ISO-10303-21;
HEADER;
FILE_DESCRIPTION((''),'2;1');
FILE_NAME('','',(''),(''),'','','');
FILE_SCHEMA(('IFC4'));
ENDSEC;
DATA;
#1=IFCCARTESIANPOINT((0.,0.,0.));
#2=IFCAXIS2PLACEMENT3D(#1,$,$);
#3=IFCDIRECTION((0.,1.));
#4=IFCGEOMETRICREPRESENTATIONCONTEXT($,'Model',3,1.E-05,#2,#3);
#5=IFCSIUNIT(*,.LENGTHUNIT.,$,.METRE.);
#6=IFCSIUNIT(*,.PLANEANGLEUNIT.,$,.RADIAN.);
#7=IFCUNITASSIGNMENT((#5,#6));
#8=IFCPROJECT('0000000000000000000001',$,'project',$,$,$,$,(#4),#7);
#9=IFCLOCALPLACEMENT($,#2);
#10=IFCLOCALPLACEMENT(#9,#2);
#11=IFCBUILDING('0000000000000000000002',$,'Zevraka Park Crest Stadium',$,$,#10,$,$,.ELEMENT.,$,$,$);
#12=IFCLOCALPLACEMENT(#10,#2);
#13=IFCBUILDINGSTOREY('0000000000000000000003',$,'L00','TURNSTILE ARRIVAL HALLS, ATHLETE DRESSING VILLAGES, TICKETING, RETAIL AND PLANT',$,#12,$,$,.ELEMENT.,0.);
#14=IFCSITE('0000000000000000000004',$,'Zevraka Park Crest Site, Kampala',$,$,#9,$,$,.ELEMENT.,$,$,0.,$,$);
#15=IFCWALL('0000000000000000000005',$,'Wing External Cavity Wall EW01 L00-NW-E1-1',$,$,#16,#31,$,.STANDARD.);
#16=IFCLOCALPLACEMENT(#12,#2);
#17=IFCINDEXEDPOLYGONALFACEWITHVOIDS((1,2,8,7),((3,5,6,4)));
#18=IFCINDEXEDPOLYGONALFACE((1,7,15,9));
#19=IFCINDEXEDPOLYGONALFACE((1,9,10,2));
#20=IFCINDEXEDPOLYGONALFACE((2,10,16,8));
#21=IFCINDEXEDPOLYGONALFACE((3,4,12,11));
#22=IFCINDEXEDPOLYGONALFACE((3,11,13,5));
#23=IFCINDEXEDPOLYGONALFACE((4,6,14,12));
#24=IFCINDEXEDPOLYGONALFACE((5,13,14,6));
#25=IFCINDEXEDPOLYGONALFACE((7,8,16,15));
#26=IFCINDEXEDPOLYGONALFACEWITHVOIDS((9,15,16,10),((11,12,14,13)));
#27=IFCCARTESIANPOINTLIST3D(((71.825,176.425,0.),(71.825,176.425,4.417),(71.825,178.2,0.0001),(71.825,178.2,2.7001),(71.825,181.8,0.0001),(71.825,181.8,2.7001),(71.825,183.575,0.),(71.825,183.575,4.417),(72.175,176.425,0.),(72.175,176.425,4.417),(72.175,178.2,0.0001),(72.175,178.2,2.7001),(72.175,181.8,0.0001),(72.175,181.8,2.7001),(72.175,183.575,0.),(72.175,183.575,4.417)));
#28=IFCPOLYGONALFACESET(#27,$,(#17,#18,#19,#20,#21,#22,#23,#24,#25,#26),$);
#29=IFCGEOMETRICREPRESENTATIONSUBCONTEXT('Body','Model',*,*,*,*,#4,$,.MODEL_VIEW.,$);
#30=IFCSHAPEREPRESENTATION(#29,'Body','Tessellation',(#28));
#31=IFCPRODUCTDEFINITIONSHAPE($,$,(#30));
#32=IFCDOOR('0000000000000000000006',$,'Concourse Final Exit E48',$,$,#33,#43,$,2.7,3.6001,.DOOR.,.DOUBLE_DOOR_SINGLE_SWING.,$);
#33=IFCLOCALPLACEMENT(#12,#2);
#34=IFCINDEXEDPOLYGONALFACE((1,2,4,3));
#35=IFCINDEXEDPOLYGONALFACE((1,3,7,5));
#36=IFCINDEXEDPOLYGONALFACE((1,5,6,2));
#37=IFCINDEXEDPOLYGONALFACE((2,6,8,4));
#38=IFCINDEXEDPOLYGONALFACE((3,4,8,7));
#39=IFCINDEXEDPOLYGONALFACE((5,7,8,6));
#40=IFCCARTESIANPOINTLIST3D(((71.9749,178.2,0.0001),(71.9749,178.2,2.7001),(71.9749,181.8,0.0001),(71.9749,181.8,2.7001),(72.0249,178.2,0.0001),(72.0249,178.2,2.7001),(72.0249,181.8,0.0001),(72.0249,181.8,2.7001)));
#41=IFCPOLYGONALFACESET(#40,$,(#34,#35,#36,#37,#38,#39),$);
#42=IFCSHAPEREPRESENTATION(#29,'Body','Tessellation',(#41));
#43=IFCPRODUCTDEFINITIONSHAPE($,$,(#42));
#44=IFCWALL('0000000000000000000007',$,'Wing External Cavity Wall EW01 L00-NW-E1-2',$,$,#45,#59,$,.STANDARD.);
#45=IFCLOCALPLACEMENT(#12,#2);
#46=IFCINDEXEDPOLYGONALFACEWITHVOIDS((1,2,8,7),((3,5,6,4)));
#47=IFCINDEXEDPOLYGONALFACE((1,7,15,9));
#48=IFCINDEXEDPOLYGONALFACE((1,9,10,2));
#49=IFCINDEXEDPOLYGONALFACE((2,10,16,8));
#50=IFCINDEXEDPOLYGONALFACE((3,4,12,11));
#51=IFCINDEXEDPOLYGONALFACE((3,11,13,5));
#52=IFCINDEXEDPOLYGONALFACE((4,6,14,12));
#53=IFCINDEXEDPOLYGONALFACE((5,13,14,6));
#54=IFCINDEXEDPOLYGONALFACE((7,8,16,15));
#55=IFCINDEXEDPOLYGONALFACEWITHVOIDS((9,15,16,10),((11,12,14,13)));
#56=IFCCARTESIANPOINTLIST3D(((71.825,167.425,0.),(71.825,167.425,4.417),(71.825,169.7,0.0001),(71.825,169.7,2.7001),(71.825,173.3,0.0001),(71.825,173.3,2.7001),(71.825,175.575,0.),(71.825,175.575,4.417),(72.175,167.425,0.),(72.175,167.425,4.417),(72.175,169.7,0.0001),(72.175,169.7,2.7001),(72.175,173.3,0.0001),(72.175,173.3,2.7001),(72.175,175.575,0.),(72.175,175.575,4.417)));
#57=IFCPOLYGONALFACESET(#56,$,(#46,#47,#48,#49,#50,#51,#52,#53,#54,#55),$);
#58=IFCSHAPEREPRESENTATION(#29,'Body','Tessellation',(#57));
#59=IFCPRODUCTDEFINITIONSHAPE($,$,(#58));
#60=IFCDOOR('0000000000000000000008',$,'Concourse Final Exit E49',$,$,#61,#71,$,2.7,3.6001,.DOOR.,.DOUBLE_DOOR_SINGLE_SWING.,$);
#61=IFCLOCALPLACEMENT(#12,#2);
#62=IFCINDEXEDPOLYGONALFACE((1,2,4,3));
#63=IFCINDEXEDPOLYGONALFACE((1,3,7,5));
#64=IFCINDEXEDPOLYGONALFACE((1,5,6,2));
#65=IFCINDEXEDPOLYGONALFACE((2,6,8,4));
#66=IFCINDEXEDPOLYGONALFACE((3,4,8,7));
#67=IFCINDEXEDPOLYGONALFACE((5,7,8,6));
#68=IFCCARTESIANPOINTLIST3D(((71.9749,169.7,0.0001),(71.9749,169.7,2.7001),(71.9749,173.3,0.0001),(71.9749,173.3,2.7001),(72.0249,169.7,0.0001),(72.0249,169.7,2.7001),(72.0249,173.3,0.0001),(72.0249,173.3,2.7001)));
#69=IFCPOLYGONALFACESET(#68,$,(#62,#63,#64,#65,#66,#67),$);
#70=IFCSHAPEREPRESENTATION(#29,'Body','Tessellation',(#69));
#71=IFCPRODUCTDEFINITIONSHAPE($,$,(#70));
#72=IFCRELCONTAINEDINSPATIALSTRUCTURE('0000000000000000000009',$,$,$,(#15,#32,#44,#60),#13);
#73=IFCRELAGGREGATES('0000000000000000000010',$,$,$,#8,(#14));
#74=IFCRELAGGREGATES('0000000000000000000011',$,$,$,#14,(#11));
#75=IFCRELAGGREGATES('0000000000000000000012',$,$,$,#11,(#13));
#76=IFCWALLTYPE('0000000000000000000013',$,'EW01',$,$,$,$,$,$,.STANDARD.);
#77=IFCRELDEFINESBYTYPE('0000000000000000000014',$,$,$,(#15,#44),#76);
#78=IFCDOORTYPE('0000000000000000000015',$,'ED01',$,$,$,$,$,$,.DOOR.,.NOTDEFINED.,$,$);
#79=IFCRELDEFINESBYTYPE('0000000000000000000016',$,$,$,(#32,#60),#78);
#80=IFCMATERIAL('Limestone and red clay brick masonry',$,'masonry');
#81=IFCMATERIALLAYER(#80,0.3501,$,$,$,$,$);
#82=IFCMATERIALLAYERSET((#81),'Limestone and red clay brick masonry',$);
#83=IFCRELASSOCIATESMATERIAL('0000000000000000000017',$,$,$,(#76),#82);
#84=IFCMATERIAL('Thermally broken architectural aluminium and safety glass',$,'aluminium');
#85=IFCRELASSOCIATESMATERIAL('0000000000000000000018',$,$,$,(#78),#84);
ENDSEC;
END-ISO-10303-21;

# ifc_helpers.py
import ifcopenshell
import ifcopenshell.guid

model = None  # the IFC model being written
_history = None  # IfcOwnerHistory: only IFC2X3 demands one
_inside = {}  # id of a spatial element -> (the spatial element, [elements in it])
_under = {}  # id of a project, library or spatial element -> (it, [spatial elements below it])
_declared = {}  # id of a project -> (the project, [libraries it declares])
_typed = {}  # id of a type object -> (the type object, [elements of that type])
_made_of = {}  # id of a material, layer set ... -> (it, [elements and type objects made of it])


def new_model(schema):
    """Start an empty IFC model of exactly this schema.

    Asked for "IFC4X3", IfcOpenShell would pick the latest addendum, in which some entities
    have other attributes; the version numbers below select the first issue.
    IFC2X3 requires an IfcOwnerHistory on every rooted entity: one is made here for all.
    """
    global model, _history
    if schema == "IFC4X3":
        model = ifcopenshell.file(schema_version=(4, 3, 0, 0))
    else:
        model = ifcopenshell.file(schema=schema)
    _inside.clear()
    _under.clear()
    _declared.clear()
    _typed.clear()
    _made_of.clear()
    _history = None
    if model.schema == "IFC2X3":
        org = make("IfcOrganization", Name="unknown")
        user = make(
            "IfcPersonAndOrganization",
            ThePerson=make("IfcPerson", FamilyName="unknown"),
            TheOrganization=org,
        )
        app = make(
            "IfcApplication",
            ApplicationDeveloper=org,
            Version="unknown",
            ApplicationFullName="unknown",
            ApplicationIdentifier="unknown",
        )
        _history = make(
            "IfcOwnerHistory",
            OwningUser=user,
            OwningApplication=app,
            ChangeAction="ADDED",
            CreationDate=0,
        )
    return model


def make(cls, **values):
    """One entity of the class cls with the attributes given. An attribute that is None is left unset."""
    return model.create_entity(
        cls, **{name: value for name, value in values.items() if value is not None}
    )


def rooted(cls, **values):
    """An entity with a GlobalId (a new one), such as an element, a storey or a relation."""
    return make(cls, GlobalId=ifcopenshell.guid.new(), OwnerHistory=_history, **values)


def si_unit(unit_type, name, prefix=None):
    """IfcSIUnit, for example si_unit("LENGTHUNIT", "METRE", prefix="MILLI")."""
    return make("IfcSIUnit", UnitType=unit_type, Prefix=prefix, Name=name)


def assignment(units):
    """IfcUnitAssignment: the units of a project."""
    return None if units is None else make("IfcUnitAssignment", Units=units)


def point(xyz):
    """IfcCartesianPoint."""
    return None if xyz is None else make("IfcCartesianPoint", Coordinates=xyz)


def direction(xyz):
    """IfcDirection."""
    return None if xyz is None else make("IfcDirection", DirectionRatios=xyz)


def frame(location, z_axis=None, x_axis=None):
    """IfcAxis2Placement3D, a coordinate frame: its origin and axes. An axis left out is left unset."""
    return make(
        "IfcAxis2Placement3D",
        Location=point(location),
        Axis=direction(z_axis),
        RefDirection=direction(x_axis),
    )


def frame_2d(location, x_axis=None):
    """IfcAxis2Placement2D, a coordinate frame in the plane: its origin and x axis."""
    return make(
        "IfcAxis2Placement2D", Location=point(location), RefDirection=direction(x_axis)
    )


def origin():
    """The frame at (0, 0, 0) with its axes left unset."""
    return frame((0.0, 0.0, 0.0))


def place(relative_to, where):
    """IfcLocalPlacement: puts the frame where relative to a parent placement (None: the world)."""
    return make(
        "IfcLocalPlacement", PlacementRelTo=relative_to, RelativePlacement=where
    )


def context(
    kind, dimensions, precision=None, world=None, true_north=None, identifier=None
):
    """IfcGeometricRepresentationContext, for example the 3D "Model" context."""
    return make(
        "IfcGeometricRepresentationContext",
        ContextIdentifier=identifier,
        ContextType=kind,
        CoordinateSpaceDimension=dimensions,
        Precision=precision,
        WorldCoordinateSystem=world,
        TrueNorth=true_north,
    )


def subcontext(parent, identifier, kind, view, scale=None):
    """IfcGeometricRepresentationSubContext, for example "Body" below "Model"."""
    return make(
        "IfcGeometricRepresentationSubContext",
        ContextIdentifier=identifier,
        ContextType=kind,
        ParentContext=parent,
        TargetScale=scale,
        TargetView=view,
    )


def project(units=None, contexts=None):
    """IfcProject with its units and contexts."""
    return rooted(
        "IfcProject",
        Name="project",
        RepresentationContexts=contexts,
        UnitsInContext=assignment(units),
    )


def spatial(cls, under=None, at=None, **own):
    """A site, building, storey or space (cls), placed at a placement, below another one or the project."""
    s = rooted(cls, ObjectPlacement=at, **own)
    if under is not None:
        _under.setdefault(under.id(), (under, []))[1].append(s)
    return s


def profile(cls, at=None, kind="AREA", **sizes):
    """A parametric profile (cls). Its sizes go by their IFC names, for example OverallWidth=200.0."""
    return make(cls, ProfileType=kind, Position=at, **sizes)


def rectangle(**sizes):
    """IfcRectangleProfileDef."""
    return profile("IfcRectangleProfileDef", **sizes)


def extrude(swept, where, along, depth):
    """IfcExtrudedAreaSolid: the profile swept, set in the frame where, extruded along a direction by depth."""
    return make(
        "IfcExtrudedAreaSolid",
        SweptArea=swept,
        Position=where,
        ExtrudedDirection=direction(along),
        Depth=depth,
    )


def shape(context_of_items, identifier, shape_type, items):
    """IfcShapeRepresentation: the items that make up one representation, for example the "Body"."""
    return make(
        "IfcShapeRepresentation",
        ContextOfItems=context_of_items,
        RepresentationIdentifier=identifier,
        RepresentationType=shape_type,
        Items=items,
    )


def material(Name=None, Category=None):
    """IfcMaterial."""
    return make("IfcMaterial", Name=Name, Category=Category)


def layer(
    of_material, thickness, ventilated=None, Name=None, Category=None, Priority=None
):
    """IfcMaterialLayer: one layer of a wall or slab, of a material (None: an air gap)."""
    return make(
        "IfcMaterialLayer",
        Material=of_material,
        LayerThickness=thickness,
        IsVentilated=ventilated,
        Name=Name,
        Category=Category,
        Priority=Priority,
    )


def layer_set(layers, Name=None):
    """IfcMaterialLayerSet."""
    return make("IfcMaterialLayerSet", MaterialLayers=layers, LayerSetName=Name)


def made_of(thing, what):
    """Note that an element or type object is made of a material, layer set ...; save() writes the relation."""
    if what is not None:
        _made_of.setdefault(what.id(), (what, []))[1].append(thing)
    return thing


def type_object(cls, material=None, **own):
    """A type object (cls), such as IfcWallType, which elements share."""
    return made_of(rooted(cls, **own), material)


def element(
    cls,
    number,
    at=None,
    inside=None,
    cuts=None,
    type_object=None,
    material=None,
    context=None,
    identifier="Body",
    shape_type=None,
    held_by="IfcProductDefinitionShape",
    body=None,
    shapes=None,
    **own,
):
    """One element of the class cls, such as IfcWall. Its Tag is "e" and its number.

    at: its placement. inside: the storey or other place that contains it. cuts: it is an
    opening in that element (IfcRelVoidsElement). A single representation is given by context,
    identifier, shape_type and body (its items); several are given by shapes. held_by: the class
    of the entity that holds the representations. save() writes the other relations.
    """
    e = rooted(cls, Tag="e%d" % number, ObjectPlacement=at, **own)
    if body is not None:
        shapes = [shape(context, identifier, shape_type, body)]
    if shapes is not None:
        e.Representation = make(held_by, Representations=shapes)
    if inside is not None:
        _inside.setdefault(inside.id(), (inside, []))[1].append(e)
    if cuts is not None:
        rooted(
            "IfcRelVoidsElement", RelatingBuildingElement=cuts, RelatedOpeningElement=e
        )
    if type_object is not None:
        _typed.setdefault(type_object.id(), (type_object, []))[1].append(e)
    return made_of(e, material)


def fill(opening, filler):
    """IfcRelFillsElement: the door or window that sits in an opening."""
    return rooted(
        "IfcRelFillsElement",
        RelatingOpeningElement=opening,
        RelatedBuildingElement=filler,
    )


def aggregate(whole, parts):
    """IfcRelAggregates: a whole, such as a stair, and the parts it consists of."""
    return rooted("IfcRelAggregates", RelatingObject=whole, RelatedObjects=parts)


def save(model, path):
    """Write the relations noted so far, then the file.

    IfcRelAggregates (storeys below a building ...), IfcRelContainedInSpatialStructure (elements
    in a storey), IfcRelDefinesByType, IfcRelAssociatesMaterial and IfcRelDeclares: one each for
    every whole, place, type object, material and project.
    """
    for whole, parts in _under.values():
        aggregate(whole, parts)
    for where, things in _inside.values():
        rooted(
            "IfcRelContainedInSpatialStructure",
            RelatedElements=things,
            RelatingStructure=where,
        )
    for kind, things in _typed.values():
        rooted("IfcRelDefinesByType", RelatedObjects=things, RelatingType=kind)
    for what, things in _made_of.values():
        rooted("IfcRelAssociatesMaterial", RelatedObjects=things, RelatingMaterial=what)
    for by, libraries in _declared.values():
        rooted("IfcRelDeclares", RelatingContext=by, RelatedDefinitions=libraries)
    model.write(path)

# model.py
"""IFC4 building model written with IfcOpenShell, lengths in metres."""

from ifc_helpers import new_model, si_unit, direction, frame, frame_2d, origin, place, context, subcontext, project, spatial, rectangle, extrude, material, layer, layer_set, type_object, element, fill, save


model = new_model("IFC4")

# Units and contexts
model_context = context("Model", 3, precision=1e-05, world=origin(), true_north=direction((0.0, 1.0)))
body_context = subcontext(model_context, "Body", "Model", "MODEL_VIEW")
ifc_project = project(units=[si_unit("LENGTHUNIT", "METRE"), si_unit("PLANEANGLEUNIT", "RADIAN")], contexts=[model_context])

# Site, building, storey
site_placement = place(None, origin())
site = spatial("IfcSite", under=ifc_project, at=site_placement, Name="Zevraka Park Crest Site, Kampala", CompositionType="ELEMENT", RefElevation=0.0)
building_placement = place(site_placement, origin())
building = spatial("IfcBuilding", under=site, at=building_placement, Name="Zevraka Park Crest Stadium", CompositionType="ELEMENT")
storey_placement = place(building_placement, origin())
storey = spatial("IfcBuildingStorey", under=building, at=storey_placement, Name="L00", Description="TURNSTILE ARRIVAL HALLS, ATHLETE DRESSING VILLAGES, TICKETING, RETAIL AND PLANT", CompositionType="ELEMENT", Elevation=0.0)

# Walls, openings, doors
ifc_material_1 = material(Name="Limestone and red clay brick masonry", Category="masonry")
ifc_layer = layer(ifc_material_1, 0.3501)
ifc_layer_set = layer_set([ifc_layer], Name="Limestone and red clay brick masonry")
wall_type = type_object("IfcWallType", Name="EW01", PredefinedType="STANDARD", material=ifc_layer_set)
wall_1_placement = place(storey_placement, frame((72.0, 183.575, 0.0), z_axis=(0.0, 0.0, 1.0), x_axis=(0.0, -1.0, 0.0)))
wall_1 = element("IfcWall", 1, at=wall_1_placement, inside=storey, type_object=wall_type, Name="Wing External Cavity Wall EW01 L00-NW-E1-1", PredefinedType="STANDARD", context=body_context, shape_type="SweptSolid", body=[
    extrude(rectangle(XDim=7.1499, YDim=0.3501, at=frame_2d((3.575, 0.0))), origin(), (0.0, 0.0, 1.0), 4.417),
])
opening_1_placement = place(wall_1_placement, frame((1.7749, 0.0, 0.0)))
opening_1 = element("IfcOpeningElement", 2, at=opening_1_placement, cuts=wall_1, PredefinedType="OPENING", context=body_context, shape_type="SweptSolid", body=[
    extrude(rectangle(XDim=3.6001, YDim=2.7, at=frame_2d((1.8, 1.3501))), frame((0.0, 0.1851, 0.0), z_axis=(0.0, -1.0, 0.0), x_axis=(1.0, 0.0, 0.0)), (0.0, 0.0, 1.0), 0.3701),
])
ifc_material_2 = material(Name="Thermally broken architectural aluminium and safety glass", Category="aluminium")
door_type = type_object("IfcDoorType", Name="ED01", OperationType="NOTDEFINED", PredefinedType="DOOR", material=ifc_material_2)
door_1_placement = place(opening_1_placement, origin())
door_1 = element("IfcDoor", 3, at=door_1_placement, inside=storey, type_object=door_type, Name="Concourse Final Exit E48", OperationType="DOUBLE_DOOR_SINGLE_SWING", OverallHeight=2.7, OverallWidth=3.6001, PredefinedType="DOOR", context=body_context, shape_type="SweptSolid", body=[
    extrude(rectangle(XDim=3.6001, YDim=2.7, at=frame_2d((1.8, 1.3501))), frame((0.0, 0.0249, 0.0), z_axis=(0.0, -1.0, 0.0), x_axis=(1.0, 0.0, 0.0)), (0.0, 0.0, 1.0), 0.05),
])
fill(opening_1, door_1)
wall_2_placement = place(storey_placement, frame((72.0, 175.575, 0.0), z_axis=(0.0, 0.0, 1.0), x_axis=(0.0, -1.0, 0.0)))
wall_2 = element("IfcWall", 4, at=wall_2_placement, inside=storey, type_object=wall_type, Name="Wing External Cavity Wall EW01 L00-NW-E1-2", PredefinedType="STANDARD", context=body_context, shape_type="SweptSolid", body=[
    extrude(rectangle(XDim=8.1499, YDim=0.3501, at=frame_2d((4.075, 0.0))), origin(), (0.0, 0.0, 1.0), 4.417),
])
opening_2_placement = place(wall_2_placement, frame((2.2749, 0.0, 0.0)))
opening_2 = element("IfcOpeningElement", 5, at=opening_2_placement, cuts=wall_2, PredefinedType="OPENING", context=body_context, shape_type="SweptSolid", body=[
    extrude(rectangle(XDim=3.6001, YDim=2.7, at=frame_2d((1.8, 1.3501))), frame((0.0, 0.1851, 0.0), z_axis=(0.0, -1.0, 0.0), x_axis=(1.0, 0.0, 0.0)), (0.0, 0.0, 1.0), 0.3701),
])
door_2_placement = place(opening_2_placement, origin())
door_2 = element("IfcDoor", 6, at=door_2_placement, inside=storey, type_object=door_type, Name="Concourse Final Exit E49", OperationType="DOUBLE_DOOR_SINGLE_SWING", OverallHeight=2.7, OverallWidth=3.6001, PredefinedType="DOOR", context=body_context, shape_type="SweptSolid", body=[
    extrude(rectangle(XDim=3.6001, YDim=2.7, at=frame_2d((1.8, 1.3501))), frame((0.0, 0.0249, 0.0), z_axis=(0.0, -1.0, 0.0), x_axis=(1.0, 0.0, 0.0)), (0.0, 0.0, 1.0), 0.05),
])
fill(opening_2, door_2)

save(model, "model.ifc")
